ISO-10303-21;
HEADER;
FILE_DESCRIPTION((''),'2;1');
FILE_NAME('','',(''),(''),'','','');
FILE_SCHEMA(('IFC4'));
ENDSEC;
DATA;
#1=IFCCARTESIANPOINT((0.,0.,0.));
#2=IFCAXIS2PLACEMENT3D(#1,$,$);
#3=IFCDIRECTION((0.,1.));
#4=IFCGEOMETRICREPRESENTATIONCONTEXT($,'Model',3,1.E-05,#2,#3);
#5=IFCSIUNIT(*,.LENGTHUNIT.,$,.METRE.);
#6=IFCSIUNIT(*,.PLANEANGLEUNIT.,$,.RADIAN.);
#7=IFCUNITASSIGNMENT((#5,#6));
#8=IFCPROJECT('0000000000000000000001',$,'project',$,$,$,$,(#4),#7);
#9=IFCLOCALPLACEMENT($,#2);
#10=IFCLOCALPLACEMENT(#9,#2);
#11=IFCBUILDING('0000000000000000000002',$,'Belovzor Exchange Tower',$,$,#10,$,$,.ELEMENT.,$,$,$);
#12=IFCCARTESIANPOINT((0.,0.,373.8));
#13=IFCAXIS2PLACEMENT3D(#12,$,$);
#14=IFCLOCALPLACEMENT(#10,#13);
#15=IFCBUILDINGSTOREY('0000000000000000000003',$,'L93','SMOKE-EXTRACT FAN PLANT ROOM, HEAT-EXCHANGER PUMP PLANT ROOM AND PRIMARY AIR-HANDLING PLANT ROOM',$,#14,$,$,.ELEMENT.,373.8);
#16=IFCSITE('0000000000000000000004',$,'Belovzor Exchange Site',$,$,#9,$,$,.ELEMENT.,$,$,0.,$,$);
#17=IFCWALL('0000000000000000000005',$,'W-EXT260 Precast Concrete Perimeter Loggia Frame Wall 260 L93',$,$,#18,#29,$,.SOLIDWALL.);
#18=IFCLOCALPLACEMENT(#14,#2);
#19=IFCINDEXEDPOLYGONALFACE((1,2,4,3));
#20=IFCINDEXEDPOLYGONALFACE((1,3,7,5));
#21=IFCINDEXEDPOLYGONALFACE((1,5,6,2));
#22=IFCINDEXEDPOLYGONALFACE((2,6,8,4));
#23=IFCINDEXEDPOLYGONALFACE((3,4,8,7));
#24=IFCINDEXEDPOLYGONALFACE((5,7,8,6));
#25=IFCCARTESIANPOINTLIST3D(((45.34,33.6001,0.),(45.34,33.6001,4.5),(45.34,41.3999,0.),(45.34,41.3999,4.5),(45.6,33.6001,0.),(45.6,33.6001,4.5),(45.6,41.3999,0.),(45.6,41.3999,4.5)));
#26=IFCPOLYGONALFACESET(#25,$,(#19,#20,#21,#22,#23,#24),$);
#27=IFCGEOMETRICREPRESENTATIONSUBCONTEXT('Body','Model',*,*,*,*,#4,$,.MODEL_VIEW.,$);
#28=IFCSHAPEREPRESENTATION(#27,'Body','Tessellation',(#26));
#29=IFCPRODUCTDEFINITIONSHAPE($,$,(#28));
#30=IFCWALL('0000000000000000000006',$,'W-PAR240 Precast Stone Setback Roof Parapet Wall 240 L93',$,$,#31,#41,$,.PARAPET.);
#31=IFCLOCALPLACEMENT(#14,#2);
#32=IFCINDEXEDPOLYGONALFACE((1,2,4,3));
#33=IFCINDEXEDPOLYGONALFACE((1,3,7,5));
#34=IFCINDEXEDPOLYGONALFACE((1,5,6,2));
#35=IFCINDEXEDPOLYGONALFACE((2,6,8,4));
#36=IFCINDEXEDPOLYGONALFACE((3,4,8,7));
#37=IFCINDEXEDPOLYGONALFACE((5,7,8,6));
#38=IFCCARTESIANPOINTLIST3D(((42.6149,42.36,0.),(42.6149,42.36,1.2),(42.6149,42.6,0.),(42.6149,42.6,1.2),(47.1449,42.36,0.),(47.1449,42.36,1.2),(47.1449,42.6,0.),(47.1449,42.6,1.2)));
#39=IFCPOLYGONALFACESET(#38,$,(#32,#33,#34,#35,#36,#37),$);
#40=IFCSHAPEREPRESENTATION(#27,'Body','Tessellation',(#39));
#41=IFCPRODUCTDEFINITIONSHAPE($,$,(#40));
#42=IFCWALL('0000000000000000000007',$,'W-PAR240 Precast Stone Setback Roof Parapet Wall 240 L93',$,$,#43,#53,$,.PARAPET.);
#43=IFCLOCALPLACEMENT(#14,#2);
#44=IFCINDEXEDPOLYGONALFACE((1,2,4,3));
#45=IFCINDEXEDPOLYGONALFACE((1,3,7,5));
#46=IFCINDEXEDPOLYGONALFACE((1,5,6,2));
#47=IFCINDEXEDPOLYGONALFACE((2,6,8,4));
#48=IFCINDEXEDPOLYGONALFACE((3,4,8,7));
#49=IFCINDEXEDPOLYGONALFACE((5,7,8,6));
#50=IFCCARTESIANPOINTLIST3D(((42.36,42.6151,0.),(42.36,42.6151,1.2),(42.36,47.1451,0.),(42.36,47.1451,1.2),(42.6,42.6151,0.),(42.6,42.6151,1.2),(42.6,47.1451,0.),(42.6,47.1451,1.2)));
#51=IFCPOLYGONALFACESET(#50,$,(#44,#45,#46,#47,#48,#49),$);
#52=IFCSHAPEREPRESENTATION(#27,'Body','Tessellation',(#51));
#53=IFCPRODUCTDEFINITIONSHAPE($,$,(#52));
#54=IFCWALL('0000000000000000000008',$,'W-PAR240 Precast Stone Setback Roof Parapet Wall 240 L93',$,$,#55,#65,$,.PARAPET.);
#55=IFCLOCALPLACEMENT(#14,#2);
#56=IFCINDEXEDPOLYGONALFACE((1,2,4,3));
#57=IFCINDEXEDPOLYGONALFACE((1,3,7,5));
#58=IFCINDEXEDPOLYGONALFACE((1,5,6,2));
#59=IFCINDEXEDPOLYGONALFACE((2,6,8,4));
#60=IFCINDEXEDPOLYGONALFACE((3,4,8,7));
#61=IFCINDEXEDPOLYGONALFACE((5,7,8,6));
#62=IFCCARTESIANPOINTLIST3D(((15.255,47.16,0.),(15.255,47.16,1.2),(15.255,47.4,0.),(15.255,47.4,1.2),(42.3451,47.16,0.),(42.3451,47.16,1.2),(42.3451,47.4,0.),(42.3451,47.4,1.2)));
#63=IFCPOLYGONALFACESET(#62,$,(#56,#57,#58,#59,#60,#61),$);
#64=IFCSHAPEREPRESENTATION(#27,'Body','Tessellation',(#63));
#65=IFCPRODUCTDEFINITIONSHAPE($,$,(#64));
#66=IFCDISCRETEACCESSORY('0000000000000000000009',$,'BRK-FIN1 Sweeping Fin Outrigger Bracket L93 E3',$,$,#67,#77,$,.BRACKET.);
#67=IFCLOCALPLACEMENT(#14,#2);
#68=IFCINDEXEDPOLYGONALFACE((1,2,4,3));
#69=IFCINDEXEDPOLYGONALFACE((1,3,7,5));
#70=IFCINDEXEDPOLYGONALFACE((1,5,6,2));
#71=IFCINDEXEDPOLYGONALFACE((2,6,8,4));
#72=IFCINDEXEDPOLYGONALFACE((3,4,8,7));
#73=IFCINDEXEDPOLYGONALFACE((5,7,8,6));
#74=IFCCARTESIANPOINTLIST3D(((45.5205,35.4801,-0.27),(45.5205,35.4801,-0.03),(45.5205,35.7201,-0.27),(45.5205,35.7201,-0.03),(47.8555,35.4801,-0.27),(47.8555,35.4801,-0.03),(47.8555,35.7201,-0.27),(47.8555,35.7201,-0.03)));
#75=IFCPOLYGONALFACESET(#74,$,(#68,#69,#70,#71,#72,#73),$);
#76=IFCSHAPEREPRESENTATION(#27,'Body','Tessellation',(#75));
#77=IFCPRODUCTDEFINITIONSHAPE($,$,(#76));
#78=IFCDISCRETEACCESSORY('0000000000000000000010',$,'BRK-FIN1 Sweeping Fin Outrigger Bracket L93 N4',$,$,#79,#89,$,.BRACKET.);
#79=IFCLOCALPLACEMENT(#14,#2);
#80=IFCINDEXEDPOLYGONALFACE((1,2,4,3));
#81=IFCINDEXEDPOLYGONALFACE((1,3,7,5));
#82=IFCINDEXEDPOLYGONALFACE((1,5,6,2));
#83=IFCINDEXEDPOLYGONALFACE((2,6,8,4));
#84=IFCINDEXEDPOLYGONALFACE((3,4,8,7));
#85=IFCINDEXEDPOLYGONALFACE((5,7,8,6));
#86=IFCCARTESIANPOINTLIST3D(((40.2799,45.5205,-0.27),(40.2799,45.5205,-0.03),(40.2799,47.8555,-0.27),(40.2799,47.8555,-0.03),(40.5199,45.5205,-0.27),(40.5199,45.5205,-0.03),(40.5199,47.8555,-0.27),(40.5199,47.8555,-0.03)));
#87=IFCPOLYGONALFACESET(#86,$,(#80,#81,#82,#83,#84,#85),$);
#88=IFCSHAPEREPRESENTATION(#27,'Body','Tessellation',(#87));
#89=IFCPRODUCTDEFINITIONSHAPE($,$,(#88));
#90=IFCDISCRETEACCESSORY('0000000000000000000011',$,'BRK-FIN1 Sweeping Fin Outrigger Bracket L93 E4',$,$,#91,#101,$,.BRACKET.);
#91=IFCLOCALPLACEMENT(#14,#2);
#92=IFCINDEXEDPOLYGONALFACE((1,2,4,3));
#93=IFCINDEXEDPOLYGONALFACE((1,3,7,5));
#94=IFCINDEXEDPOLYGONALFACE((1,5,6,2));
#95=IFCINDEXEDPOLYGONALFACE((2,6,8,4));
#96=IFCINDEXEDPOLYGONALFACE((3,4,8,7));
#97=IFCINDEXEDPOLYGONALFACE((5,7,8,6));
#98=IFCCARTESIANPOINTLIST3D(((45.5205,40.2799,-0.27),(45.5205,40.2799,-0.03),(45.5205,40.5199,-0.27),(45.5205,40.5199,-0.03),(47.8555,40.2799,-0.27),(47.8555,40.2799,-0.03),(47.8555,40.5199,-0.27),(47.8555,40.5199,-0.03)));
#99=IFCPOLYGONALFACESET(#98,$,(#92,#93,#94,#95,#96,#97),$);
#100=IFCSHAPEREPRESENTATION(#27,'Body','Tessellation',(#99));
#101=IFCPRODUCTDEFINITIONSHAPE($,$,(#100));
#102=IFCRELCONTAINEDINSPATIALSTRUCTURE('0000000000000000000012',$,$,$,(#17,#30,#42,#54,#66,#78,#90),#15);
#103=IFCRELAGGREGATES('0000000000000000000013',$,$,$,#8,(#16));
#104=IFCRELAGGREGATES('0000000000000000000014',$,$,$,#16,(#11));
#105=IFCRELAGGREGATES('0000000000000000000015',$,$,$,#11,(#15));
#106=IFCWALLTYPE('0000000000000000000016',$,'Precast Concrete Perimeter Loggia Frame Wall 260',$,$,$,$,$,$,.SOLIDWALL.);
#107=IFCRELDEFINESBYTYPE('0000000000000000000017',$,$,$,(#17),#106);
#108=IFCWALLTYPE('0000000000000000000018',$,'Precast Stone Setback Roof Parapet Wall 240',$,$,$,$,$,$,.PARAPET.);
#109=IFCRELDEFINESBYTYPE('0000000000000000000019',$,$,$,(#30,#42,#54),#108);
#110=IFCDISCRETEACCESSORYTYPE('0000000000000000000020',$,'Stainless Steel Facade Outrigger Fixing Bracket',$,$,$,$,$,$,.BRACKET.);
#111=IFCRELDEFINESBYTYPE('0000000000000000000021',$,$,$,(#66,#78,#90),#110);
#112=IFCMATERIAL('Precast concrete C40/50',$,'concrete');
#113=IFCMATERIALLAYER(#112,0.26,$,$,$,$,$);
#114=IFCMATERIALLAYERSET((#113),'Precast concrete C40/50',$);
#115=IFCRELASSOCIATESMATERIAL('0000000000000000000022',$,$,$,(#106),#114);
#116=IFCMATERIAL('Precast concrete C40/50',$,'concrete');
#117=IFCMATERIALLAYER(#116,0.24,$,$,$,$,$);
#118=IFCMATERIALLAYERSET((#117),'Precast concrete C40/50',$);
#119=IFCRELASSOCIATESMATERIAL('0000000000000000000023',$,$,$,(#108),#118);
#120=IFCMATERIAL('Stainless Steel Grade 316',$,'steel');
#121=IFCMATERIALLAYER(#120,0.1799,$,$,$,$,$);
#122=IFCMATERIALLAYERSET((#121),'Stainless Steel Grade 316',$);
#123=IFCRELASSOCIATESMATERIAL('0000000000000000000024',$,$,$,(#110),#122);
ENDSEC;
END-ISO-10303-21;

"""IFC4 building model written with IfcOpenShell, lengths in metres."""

from ifc_helpers import new_model, si_unit, direction, frame, frame_2d, origin, origin_2d, place, context, subcontext, project, spatial, rectangle, extrude, material, layer, layer_set, type_object, element, save


model = new_model("IFC4")

# Units and contexts
model_context = context("Model", 3, precision=1e-05, world=origin(), true_north=direction((0.0, 1.0)))
body_context = subcontext(model_context, "Body", "Model", "MODEL_VIEW")
ifc_project = project(units=[si_unit("LENGTHUNIT", "METRE"), si_unit("PLANEANGLEUNIT", "RADIAN")], contexts=[model_context])

# Site, building, storey
site_placement = place(None, origin())
site = spatial("IfcSite", under=ifc_project, at=site_placement, Name="Belovzor Exchange Site", CompositionType="ELEMENT", RefElevation=0.0)
building_placement = place(site_placement, origin())
building = spatial("IfcBuilding", under=site, at=building_placement, Name="Belovzor Exchange Tower", CompositionType="ELEMENT")
storey_placement = place(building_placement, frame((0.0, 0.0, 373.8)))
storey = spatial("IfcBuildingStorey", under=building, at=storey_placement, Name="L93", Description="SMOKE-EXTRACT FAN PLANT ROOM, HEAT-EXCHANGER PUMP PLANT ROOM AND PRIMARY AIR-HANDLING PLANT ROOM", CompositionType="ELEMENT", Elevation=373.8)

# Walls
ifc_material_1 = material(Name="Precast concrete C40/50", Category="concrete")
ifc_layer_1 = layer(ifc_material_1, 0.26)
ifc_layer_set_1 = layer_set([ifc_layer_1], Name="Precast concrete C40/50")
wall_type_1 = type_object("IfcWallType", Name="Precast Concrete Perimeter Loggia Frame Wall 260", PredefinedType="SOLIDWALL", material=ifc_layer_set_1)
wall_1_placement = place(storey_placement, frame((45.47, 41.3999, 0.0), z_axis=(0.0, 0.0, 1.0), x_axis=(0.0, -1.0, 0.0)))
element("IfcWall", 1, at=wall_1_placement, inside=storey, type_object=wall_type_1, Name="W-EXT260 Precast Concrete Perimeter Loggia Frame Wall 260 L93", PredefinedType="SOLIDWALL", context=body_context, shape_type="SweptSolid", body=[
    extrude(rectangle(XDim=7.7998, YDim=0.26, at=frame_2d((3.8999, 0.0))), origin(), (0.0, 0.0, 1.0), 4.5),
])
ifc_material_2 = material(Name="Precast concrete C40/50", Category="concrete")
ifc_layer_2 = layer(ifc_material_2, 0.24)
ifc_layer_set_2 = layer_set([ifc_layer_2], Name="Precast concrete C40/50")
wall_type_2 = type_object("IfcWallType", Name="Precast Stone Setback Roof Parapet Wall 240", PredefinedType="PARAPET", material=ifc_layer_set_2)
for number, where, z_axis, x_axis, name in (
    (2, (47.145, 42.48, 0.0), (0.0, 0.0, 1.0), (-1.0, 0.0, 0.0), "W-PAR240 Precast Stone Setback Roof Parapet Wall 240 L93"),
    (3, (42.48, 42.615, 0.0), (0.0, 0.0, 1.0), (0.0, 1.0, 0.0), "W-PAR240 Precast Stone Setback Roof Parapet Wall 240 L93"),
):
    element("IfcWall", number, at=place(storey_placement, frame(where, z_axis=z_axis, x_axis=x_axis)), inside=storey, type_object=wall_type_2, Name=name, PredefinedType="PARAPET", context=body_context, shape_type="SweptSolid", body=[
        extrude(rectangle(XDim=4.53, YDim=0.24, at=frame_2d((2.2651, 0.0))), origin(), (0.0, 0.0, 1.0), 1.2),
    ])
wall_2_placement = place(storey_placement, frame((42.345, 47.28, 0.0), z_axis=(0.0, 0.0, 1.0), x_axis=(-1.0, 0.0, 0.0)))
element("IfcWall", 4, at=wall_2_placement, inside=storey, type_object=wall_type_2, Name="W-PAR240 Precast Stone Setback Roof Parapet Wall 240 L93", PredefinedType="PARAPET", context=body_context, shape_type="SweptSolid", body=[
    extrude(rectangle(XDim=27.0901, YDim=0.24, at=frame_2d((13.5449, 0.0))), origin(), (0.0, 0.0, 1.0), 1.2),
])

# Discrete accessories
ifc_material_3 = material(Name="Stainless Steel Grade 316", Category="steel")
ifc_layer_3 = layer(ifc_material_3, 0.1799)
ifc_layer_set_3 = layer_set([ifc_layer_3], Name="Stainless Steel Grade 316")
discrete_accessory_type = type_object("IfcDiscreteAccessoryType", Name="Stainless Steel Facade Outrigger Fixing Bracket", PredefinedType="BRACKET", material=ifc_layer_set_3)
for number, where, z_axis, x_axis, name in (
    (5, (46.688, 35.6001, -0.27), (0.0, 0.0, 1.0), (1.0, 0.0, 0.0), "BRK-FIN1 Sweeping Fin Outrigger Bracket L93 E3"),
    (6, (40.3999, 46.688, -0.27), (0.0, 0.0, 1.0), (0.0, 1.0, 0.0), "BRK-FIN1 Sweeping Fin Outrigger Bracket L93 N4"),
    (7, (46.688, 40.3999, -0.27), (0.0, 0.0, 1.0), (1.0, 0.0, 0.0), "BRK-FIN1 Sweeping Fin Outrigger Bracket L93 E4"),
):
    element("IfcDiscreteAccessory", number, at=place(storey_placement, frame(where, z_axis=z_axis, x_axis=x_axis)), inside=storey, type_object=discrete_accessory_type, Name=name, PredefinedType="BRACKET", context=body_context, shape_type="SweptSolid", body=[
        extrude(rectangle(XDim=2.335, YDim=0.24, at=origin_2d()), origin(), (0.0, 0.0, 1.0), 0.24),
    ])

save(model, "model.ifc")
